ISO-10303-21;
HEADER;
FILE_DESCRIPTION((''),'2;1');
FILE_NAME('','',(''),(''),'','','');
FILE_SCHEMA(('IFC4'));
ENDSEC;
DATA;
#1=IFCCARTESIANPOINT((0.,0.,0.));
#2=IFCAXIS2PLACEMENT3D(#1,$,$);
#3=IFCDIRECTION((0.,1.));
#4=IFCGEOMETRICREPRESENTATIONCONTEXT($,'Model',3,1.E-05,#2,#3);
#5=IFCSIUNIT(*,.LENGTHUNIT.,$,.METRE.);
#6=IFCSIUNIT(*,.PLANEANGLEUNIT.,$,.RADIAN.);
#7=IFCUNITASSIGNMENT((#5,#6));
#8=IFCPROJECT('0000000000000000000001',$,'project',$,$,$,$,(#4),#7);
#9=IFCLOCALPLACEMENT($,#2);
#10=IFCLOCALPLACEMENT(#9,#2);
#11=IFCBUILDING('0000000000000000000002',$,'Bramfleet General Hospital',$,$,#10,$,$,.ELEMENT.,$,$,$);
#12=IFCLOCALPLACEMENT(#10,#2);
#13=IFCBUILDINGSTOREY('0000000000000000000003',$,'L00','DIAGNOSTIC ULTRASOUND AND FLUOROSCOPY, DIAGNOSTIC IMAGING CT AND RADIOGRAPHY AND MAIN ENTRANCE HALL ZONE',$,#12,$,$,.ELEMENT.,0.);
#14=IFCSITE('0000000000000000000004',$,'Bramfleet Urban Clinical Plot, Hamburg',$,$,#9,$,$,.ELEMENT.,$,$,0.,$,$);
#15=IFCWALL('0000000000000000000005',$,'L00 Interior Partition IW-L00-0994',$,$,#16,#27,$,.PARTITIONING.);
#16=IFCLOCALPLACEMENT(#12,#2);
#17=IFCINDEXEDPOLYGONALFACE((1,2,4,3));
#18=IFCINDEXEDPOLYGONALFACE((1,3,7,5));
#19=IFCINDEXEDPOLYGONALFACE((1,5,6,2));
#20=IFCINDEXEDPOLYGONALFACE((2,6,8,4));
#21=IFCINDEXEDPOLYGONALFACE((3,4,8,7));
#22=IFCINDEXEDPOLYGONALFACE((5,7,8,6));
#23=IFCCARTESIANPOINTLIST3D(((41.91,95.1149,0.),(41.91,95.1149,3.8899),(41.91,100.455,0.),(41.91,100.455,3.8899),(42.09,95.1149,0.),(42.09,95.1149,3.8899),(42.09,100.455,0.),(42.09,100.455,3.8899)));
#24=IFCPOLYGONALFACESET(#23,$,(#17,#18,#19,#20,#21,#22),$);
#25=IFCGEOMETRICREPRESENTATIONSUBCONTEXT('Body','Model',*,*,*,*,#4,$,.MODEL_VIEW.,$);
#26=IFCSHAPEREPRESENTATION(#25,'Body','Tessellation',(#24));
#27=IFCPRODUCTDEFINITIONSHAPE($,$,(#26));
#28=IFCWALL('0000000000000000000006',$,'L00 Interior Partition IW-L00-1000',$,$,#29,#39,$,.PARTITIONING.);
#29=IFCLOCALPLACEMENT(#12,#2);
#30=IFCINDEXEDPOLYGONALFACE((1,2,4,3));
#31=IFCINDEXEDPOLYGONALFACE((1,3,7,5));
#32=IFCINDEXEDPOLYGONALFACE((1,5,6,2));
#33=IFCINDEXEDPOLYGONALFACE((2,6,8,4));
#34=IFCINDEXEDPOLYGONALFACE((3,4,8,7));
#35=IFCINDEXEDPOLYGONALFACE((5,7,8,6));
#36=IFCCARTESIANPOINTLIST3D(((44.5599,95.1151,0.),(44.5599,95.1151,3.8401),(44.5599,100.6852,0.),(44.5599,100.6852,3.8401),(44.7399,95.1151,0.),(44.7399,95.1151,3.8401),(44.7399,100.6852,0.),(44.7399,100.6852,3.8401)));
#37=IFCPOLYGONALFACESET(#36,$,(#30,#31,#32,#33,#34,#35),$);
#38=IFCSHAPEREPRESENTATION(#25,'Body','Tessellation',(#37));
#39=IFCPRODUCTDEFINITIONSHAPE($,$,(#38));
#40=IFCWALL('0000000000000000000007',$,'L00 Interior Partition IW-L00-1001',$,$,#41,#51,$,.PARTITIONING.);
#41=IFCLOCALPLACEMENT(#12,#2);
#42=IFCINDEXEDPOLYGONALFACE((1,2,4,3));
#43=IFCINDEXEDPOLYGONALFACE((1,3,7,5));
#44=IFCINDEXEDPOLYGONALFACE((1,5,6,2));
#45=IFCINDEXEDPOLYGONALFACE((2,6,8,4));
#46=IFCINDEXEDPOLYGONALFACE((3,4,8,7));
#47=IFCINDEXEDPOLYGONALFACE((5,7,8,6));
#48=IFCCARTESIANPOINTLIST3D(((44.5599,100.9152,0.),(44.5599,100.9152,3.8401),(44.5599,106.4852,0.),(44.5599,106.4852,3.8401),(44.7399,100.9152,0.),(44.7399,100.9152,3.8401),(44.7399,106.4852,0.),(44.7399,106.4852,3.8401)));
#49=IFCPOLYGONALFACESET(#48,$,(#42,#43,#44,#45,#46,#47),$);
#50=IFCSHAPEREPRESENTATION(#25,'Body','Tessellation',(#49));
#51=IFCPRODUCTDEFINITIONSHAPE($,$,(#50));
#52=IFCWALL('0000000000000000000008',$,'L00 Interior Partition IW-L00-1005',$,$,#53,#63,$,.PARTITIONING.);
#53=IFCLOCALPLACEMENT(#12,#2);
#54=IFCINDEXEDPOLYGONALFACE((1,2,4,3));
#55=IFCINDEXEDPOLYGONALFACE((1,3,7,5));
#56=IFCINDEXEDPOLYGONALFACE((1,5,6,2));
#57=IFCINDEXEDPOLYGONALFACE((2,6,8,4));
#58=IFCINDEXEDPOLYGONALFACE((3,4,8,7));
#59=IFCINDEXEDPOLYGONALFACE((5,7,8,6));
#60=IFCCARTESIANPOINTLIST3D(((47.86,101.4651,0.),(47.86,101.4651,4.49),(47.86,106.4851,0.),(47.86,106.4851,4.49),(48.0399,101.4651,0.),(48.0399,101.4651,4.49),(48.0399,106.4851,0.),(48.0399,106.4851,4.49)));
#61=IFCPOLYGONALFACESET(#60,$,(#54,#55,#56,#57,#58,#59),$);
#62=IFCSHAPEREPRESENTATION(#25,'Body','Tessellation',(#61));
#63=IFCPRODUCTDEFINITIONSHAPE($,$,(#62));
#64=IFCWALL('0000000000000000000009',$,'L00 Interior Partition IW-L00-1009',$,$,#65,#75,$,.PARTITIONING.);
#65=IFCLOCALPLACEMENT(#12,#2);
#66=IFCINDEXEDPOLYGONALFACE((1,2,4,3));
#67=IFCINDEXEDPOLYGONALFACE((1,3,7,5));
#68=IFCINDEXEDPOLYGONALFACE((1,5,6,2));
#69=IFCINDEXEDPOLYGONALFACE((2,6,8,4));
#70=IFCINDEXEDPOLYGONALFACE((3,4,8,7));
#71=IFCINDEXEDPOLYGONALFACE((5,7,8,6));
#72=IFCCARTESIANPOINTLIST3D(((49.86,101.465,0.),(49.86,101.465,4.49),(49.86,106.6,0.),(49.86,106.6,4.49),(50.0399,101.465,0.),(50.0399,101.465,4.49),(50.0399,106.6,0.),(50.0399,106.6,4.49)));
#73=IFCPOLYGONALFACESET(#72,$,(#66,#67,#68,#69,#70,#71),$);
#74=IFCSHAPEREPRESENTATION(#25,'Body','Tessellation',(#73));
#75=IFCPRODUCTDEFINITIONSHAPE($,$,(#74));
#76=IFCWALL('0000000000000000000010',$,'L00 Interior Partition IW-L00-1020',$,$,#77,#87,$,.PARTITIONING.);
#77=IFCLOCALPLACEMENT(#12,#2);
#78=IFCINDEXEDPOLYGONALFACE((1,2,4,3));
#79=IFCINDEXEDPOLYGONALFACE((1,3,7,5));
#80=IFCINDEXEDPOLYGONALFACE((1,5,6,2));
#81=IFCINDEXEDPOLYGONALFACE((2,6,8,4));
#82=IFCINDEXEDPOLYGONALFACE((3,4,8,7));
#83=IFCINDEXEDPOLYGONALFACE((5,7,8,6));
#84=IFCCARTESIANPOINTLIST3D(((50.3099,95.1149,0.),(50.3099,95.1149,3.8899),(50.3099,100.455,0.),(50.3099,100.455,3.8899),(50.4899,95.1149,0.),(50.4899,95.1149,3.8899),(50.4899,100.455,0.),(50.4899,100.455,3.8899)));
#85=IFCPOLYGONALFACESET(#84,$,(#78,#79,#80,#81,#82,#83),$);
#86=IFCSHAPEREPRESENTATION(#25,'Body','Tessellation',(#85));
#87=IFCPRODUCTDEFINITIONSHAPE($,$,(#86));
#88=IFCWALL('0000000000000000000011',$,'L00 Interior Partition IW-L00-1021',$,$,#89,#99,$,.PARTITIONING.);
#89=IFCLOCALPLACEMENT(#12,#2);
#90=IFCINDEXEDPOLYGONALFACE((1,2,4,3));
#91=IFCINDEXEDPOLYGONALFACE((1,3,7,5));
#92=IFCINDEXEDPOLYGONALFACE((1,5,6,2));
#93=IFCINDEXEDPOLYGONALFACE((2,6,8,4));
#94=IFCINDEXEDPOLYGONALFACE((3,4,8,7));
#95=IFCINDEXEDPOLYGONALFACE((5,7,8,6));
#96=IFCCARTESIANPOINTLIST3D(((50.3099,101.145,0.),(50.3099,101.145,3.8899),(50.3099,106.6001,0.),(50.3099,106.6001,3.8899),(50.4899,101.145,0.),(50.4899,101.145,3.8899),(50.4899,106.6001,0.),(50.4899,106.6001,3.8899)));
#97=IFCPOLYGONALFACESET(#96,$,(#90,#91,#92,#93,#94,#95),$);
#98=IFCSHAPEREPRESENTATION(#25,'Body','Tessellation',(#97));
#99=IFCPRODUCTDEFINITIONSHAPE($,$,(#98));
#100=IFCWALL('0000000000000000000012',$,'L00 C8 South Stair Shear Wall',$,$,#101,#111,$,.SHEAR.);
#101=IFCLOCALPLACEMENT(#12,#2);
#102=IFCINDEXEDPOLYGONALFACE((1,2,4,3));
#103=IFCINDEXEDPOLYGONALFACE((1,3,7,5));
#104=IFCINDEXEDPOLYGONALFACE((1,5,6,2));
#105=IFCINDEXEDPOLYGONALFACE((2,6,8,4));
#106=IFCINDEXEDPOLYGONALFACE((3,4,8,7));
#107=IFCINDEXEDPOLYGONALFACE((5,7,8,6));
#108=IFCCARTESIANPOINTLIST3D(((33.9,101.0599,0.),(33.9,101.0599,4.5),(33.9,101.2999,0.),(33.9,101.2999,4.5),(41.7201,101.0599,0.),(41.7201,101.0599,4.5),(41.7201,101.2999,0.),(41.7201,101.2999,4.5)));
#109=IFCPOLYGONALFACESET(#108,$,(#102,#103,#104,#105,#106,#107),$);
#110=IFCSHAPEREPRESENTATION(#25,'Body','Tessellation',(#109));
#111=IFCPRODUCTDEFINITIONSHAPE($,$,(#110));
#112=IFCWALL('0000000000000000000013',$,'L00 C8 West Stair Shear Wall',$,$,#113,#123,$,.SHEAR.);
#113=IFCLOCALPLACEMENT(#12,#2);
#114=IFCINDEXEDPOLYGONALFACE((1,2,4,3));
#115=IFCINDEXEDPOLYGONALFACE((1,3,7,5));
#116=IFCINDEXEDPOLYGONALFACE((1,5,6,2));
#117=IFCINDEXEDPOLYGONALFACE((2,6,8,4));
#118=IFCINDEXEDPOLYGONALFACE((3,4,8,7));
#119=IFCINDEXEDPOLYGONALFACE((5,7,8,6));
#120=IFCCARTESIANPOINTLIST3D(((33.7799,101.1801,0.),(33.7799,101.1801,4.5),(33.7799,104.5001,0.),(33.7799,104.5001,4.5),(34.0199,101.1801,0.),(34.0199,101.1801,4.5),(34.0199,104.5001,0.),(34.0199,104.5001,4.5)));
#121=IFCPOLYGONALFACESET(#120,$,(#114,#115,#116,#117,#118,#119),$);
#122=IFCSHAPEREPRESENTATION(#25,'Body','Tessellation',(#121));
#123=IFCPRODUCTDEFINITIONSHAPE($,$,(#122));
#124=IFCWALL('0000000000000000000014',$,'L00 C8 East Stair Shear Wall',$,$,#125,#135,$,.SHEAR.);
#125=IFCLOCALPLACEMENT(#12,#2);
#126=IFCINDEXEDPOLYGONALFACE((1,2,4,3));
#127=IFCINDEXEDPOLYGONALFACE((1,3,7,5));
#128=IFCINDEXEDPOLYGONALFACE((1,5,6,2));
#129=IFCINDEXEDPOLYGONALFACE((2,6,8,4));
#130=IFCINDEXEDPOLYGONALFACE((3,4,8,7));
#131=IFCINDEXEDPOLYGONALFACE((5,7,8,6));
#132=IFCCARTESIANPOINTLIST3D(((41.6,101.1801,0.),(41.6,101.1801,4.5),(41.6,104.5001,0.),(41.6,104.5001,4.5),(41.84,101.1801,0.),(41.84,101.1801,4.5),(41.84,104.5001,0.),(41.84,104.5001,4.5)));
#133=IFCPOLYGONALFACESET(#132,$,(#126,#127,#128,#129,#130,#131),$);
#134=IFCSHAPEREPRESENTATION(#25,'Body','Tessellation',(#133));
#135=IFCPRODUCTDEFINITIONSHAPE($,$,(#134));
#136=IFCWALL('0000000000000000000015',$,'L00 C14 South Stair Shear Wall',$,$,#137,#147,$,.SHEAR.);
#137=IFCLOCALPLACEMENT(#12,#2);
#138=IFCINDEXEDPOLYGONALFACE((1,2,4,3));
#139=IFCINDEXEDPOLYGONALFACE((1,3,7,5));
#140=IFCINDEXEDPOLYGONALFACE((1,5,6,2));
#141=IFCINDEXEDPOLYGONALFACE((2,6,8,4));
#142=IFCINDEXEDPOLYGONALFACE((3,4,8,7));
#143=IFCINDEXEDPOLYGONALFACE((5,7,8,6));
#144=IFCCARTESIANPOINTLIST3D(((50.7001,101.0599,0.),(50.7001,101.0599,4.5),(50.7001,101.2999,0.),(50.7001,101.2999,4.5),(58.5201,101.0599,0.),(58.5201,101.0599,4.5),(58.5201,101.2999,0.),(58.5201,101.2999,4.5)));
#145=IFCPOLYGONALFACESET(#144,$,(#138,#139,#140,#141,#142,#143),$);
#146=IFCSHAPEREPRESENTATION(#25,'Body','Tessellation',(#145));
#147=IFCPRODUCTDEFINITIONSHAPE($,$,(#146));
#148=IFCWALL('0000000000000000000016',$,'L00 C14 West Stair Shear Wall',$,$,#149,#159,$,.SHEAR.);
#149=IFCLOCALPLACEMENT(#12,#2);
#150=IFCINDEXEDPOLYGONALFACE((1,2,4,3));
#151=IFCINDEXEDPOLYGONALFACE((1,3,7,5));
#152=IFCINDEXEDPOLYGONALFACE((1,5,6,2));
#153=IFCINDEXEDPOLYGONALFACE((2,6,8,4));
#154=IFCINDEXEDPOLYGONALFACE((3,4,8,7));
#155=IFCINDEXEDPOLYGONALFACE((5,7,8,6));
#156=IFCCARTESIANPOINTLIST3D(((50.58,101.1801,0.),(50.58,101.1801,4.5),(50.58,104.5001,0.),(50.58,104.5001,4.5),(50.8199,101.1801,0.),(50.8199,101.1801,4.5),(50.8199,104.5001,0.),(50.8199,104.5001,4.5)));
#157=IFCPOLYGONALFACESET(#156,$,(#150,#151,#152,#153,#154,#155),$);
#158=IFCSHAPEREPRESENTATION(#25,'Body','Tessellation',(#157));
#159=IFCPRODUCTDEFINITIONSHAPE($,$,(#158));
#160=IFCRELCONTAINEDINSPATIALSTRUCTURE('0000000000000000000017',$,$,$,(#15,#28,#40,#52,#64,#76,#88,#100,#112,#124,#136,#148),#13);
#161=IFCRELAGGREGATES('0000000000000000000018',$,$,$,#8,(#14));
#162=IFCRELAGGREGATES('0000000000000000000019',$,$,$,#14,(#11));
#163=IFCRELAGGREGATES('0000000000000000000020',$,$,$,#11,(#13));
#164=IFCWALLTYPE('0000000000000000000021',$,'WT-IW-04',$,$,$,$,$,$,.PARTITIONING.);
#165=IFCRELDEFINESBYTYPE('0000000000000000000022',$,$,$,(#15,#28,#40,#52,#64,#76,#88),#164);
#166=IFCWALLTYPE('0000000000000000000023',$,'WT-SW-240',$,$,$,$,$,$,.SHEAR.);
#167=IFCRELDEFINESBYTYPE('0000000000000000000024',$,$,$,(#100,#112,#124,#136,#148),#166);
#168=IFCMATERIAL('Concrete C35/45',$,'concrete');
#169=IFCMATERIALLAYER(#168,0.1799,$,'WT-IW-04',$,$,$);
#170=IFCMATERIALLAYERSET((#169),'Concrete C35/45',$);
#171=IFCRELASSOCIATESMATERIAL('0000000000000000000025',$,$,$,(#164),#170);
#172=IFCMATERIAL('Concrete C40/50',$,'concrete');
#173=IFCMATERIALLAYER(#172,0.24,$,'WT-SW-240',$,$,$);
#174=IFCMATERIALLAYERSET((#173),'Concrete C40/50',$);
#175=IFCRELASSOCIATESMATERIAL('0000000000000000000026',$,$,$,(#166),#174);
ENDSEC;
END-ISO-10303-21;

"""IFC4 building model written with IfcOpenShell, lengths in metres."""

from ifc_helpers import new_model, si_unit, direction, frame, frame_2d, origin, place, context, subcontext, project, spatial, rectangle, extrude, material, layer, layer_set, type_object, element, save


model = new_model("IFC4")

# Units and contexts
model_context = context("Model", 3, precision=1e-05, world=origin(), true_north=direction((0.0, 1.0)))
body_context = subcontext(model_context, "Body", "Model", "MODEL_VIEW")
ifc_project = project(units=[si_unit("LENGTHUNIT", "METRE"), si_unit("PLANEANGLEUNIT", "RADIAN")], contexts=[model_context])

# Site, building, storey
site_placement = place(None, origin())
site = spatial("IfcSite", under=ifc_project, at=site_placement, Name="Bramfleet Urban Clinical Plot, Hamburg", CompositionType="ELEMENT", RefElevation=0.0)
building_placement = place(site_placement, origin())
building = spatial("IfcBuilding", under=site, at=building_placement, Name="Bramfleet General Hospital", CompositionType="ELEMENT")
storey_placement = place(building_placement, origin())
storey = spatial("IfcBuildingStorey", under=building, at=storey_placement, Name="L00", Description="DIAGNOSTIC ULTRASOUND AND FLUOROSCOPY, DIAGNOSTIC IMAGING CT AND RADIOGRAPHY AND MAIN ENTRANCE HALL ZONE", CompositionType="ELEMENT", Elevation=0.0)

# Shared definitions
ifc_material_1 = material(Name="Concrete C40/50", Category="concrete")

# Shared definitions
ifc_material_2 = material(Name="Concrete C35/45", Category="concrete")

# Walls
ifc_layer_1 = layer(ifc_material_2, 0.1799, Name="WT-IW-04")
ifc_layer_set_1 = layer_set([ifc_layer_1], Name="Concrete C35/45")
wall_type_1 = type_object("IfcWallType", Name="WT-IW-04", PredefinedType="PARTITIONING", material=ifc_layer_set_1)
wall_1_placement = place(storey_placement, frame((42.0, 95.115, 0.0), z_axis=(0.0, 0.0, 1.0), x_axis=(0.0, 1.0, 0.0)))
element("IfcWall", 1, at=wall_1_placement, inside=storey, type_object=wall_type_1, Name="L00 Interior Partition IW-L00-0994", PredefinedType="PARTITIONING", context=body_context, shape_type="SweptSolid", body=[
    extrude(rectangle(XDim=5.3401, YDim=0.1799, at=frame_2d((2.6699, 0.0))), origin(), (0.0, 0.0, 1.0), 3.8899),
])
for number, where, z_axis, x_axis, name in (
    (2, (44.6499, 95.115, 0.0), (0.0, 0.0, 1.0), (0.0, 1.0, 0.0), "L00 Interior Partition IW-L00-1000"),
    (3, (44.6499, 100.915, 0.0), (0.0, 0.0, 1.0), (0.0, 1.0, 0.0), "L00 Interior Partition IW-L00-1001"),
):
    element("IfcWall", number, at=place(storey_placement, frame(where, z_axis=z_axis, x_axis=x_axis)), inside=storey, type_object=wall_type_1, Name=name, PredefinedType="PARTITIONING", context=body_context, shape_type="SweptSolid", body=[
        extrude(rectangle(XDim=5.5701, YDim=0.1799, at=frame_2d((2.7852, 0.0))), origin(), (0.0, 0.0, 1.0), 3.8401),
    ])
wall_2_placement = place(storey_placement, frame((47.95, 101.4651, 0.0), z_axis=(0.0, 0.0, 1.0), x_axis=(0.0, 1.0, 0.0)))
element("IfcWall", 4, at=wall_2_placement, inside=storey, type_object=wall_type_1, Name="L00 Interior Partition IW-L00-1005", PredefinedType="PARTITIONING", context=body_context, shape_type="SweptSolid", body=[
    extrude(rectangle(XDim=5.02, YDim=0.1799, at=frame_2d((2.51, 0.0))), origin(), (0.0, 0.0, 1.0), 4.49),
])
wall_3_placement = place(storey_placement, frame((49.95, 101.4651, 0.0), z_axis=(0.0, 0.0, 1.0), x_axis=(0.0, 1.0, 0.0)))
element("IfcWall", 5, at=wall_3_placement, inside=storey, type_object=wall_type_1, Name="L00 Interior Partition IW-L00-1009", PredefinedType="PARTITIONING", context=body_context, shape_type="SweptSolid", body=[
    extrude(rectangle(XDim=5.135, YDim=0.1799, at=frame_2d((2.5674, 0.0))), origin(), (0.0, 0.0, 1.0), 4.49),
])
wall_4_placement = place(storey_placement, frame((50.3999, 95.115, 0.0), z_axis=(0.0, 0.0, 1.0), x_axis=(0.0, 1.0, 0.0)))
element("IfcWall", 6, at=wall_4_placement, inside=storey, type_object=wall_type_1, Name="L00 Interior Partition IW-L00-1020", PredefinedType="PARTITIONING", context=body_context, shape_type="SweptSolid", body=[
    extrude(rectangle(XDim=5.3401, YDim=0.1799, at=frame_2d((2.6699, 0.0))), origin(), (0.0, 0.0, 1.0), 3.8899),
])
wall_5_placement = place(storey_placement, frame((50.3999, 101.145, 0.0), z_axis=(0.0, 0.0, 1.0), x_axis=(0.0, 1.0, 0.0)))
element("IfcWall", 7, at=wall_5_placement, inside=storey, type_object=wall_type_1, Name="L00 Interior Partition IW-L00-1021", PredefinedType="PARTITIONING", context=body_context, shape_type="SweptSolid", body=[
    extrude(rectangle(XDim=5.4551, YDim=0.1799, at=frame_2d((2.7275, 0.0))), origin(), (0.0, 0.0, 1.0), 3.8899),
])
ifc_layer_2 = layer(ifc_material_1, 0.24, Name="WT-SW-240")
ifc_layer_set_2 = layer_set([ifc_layer_2], Name="Concrete C40/50")
wall_type_2 = type_object("IfcWallType", Name="WT-SW-240", PredefinedType="SHEAR", material=ifc_layer_set_2)
wall_6_placement = place(storey_placement, frame((33.8999, 101.1799, 0.0), z_axis=(0.0, 0.0, 1.0), x_axis=(1.0, 0.0, 0.0)))
element("IfcWall", 8, at=wall_6_placement, inside=storey, type_object=wall_type_2, Name="L00 C8 South Stair Shear Wall", PredefinedType="SHEAR", context=body_context, shape_type="SweptSolid", body=[
    extrude(rectangle(XDim=7.8201, YDim=0.24, at=frame_2d((3.9102, 0.0))), origin(), (0.0, 0.0, 1.0), 4.5),
])
for number, where, z_axis, x_axis, name in (
    (9, (33.8999, 101.1799, 0.0), (0.0, 0.0, 1.0), (0.0, 1.0, 0.0), "L00 C8 West Stair Shear Wall"),
    (10, (41.72, 101.1799, 0.0), (0.0, 0.0, 1.0), (0.0, 1.0, 0.0), "L00 C8 East Stair Shear Wall"),
):
    element("IfcWall", number, at=place(storey_placement, frame(where, z_axis=z_axis, x_axis=x_axis)), inside=storey, type_object=wall_type_2, Name=name, PredefinedType="SHEAR", context=body_context, shape_type="SweptSolid", body=[
        extrude(rectangle(XDim=3.3201, YDim=0.24, at=frame_2d((1.6602, 0.0))), origin(), (0.0, 0.0, 1.0), 4.5),
    ])
wall_7_placement = place(storey_placement, frame((50.7, 101.1799, 0.0), z_axis=(0.0, 0.0, 1.0), x_axis=(1.0, 0.0, 0.0)))
element("IfcWall", 11, at=wall_7_placement, inside=storey, type_object=wall_type_2, Name="L00 C14 South Stair Shear Wall", PredefinedType="SHEAR", context=body_context, shape_type="SweptSolid", body=[
    extrude(rectangle(XDim=7.8201, YDim=0.24, at=frame_2d((3.9102, 0.0))), origin(), (0.0, 0.0, 1.0), 4.5),
])
wall_8_placement = place(storey_placement, frame((50.7, 101.1799, 0.0), z_axis=(0.0, 0.0, 1.0), x_axis=(0.0, 1.0, 0.0)))
element("IfcWall", 12, at=wall_8_placement, inside=storey, type_object=wall_type_2, Name="L00 C14 West Stair Shear Wall", PredefinedType="SHEAR", context=body_context, shape_type="SweptSolid", body=[
    extrude(rectangle(XDim=3.3201, YDim=0.24, at=frame_2d((1.6602, 0.0))), origin(), (0.0, 0.0, 1.0), 4.5),
])

save(model, "model.ifc")
